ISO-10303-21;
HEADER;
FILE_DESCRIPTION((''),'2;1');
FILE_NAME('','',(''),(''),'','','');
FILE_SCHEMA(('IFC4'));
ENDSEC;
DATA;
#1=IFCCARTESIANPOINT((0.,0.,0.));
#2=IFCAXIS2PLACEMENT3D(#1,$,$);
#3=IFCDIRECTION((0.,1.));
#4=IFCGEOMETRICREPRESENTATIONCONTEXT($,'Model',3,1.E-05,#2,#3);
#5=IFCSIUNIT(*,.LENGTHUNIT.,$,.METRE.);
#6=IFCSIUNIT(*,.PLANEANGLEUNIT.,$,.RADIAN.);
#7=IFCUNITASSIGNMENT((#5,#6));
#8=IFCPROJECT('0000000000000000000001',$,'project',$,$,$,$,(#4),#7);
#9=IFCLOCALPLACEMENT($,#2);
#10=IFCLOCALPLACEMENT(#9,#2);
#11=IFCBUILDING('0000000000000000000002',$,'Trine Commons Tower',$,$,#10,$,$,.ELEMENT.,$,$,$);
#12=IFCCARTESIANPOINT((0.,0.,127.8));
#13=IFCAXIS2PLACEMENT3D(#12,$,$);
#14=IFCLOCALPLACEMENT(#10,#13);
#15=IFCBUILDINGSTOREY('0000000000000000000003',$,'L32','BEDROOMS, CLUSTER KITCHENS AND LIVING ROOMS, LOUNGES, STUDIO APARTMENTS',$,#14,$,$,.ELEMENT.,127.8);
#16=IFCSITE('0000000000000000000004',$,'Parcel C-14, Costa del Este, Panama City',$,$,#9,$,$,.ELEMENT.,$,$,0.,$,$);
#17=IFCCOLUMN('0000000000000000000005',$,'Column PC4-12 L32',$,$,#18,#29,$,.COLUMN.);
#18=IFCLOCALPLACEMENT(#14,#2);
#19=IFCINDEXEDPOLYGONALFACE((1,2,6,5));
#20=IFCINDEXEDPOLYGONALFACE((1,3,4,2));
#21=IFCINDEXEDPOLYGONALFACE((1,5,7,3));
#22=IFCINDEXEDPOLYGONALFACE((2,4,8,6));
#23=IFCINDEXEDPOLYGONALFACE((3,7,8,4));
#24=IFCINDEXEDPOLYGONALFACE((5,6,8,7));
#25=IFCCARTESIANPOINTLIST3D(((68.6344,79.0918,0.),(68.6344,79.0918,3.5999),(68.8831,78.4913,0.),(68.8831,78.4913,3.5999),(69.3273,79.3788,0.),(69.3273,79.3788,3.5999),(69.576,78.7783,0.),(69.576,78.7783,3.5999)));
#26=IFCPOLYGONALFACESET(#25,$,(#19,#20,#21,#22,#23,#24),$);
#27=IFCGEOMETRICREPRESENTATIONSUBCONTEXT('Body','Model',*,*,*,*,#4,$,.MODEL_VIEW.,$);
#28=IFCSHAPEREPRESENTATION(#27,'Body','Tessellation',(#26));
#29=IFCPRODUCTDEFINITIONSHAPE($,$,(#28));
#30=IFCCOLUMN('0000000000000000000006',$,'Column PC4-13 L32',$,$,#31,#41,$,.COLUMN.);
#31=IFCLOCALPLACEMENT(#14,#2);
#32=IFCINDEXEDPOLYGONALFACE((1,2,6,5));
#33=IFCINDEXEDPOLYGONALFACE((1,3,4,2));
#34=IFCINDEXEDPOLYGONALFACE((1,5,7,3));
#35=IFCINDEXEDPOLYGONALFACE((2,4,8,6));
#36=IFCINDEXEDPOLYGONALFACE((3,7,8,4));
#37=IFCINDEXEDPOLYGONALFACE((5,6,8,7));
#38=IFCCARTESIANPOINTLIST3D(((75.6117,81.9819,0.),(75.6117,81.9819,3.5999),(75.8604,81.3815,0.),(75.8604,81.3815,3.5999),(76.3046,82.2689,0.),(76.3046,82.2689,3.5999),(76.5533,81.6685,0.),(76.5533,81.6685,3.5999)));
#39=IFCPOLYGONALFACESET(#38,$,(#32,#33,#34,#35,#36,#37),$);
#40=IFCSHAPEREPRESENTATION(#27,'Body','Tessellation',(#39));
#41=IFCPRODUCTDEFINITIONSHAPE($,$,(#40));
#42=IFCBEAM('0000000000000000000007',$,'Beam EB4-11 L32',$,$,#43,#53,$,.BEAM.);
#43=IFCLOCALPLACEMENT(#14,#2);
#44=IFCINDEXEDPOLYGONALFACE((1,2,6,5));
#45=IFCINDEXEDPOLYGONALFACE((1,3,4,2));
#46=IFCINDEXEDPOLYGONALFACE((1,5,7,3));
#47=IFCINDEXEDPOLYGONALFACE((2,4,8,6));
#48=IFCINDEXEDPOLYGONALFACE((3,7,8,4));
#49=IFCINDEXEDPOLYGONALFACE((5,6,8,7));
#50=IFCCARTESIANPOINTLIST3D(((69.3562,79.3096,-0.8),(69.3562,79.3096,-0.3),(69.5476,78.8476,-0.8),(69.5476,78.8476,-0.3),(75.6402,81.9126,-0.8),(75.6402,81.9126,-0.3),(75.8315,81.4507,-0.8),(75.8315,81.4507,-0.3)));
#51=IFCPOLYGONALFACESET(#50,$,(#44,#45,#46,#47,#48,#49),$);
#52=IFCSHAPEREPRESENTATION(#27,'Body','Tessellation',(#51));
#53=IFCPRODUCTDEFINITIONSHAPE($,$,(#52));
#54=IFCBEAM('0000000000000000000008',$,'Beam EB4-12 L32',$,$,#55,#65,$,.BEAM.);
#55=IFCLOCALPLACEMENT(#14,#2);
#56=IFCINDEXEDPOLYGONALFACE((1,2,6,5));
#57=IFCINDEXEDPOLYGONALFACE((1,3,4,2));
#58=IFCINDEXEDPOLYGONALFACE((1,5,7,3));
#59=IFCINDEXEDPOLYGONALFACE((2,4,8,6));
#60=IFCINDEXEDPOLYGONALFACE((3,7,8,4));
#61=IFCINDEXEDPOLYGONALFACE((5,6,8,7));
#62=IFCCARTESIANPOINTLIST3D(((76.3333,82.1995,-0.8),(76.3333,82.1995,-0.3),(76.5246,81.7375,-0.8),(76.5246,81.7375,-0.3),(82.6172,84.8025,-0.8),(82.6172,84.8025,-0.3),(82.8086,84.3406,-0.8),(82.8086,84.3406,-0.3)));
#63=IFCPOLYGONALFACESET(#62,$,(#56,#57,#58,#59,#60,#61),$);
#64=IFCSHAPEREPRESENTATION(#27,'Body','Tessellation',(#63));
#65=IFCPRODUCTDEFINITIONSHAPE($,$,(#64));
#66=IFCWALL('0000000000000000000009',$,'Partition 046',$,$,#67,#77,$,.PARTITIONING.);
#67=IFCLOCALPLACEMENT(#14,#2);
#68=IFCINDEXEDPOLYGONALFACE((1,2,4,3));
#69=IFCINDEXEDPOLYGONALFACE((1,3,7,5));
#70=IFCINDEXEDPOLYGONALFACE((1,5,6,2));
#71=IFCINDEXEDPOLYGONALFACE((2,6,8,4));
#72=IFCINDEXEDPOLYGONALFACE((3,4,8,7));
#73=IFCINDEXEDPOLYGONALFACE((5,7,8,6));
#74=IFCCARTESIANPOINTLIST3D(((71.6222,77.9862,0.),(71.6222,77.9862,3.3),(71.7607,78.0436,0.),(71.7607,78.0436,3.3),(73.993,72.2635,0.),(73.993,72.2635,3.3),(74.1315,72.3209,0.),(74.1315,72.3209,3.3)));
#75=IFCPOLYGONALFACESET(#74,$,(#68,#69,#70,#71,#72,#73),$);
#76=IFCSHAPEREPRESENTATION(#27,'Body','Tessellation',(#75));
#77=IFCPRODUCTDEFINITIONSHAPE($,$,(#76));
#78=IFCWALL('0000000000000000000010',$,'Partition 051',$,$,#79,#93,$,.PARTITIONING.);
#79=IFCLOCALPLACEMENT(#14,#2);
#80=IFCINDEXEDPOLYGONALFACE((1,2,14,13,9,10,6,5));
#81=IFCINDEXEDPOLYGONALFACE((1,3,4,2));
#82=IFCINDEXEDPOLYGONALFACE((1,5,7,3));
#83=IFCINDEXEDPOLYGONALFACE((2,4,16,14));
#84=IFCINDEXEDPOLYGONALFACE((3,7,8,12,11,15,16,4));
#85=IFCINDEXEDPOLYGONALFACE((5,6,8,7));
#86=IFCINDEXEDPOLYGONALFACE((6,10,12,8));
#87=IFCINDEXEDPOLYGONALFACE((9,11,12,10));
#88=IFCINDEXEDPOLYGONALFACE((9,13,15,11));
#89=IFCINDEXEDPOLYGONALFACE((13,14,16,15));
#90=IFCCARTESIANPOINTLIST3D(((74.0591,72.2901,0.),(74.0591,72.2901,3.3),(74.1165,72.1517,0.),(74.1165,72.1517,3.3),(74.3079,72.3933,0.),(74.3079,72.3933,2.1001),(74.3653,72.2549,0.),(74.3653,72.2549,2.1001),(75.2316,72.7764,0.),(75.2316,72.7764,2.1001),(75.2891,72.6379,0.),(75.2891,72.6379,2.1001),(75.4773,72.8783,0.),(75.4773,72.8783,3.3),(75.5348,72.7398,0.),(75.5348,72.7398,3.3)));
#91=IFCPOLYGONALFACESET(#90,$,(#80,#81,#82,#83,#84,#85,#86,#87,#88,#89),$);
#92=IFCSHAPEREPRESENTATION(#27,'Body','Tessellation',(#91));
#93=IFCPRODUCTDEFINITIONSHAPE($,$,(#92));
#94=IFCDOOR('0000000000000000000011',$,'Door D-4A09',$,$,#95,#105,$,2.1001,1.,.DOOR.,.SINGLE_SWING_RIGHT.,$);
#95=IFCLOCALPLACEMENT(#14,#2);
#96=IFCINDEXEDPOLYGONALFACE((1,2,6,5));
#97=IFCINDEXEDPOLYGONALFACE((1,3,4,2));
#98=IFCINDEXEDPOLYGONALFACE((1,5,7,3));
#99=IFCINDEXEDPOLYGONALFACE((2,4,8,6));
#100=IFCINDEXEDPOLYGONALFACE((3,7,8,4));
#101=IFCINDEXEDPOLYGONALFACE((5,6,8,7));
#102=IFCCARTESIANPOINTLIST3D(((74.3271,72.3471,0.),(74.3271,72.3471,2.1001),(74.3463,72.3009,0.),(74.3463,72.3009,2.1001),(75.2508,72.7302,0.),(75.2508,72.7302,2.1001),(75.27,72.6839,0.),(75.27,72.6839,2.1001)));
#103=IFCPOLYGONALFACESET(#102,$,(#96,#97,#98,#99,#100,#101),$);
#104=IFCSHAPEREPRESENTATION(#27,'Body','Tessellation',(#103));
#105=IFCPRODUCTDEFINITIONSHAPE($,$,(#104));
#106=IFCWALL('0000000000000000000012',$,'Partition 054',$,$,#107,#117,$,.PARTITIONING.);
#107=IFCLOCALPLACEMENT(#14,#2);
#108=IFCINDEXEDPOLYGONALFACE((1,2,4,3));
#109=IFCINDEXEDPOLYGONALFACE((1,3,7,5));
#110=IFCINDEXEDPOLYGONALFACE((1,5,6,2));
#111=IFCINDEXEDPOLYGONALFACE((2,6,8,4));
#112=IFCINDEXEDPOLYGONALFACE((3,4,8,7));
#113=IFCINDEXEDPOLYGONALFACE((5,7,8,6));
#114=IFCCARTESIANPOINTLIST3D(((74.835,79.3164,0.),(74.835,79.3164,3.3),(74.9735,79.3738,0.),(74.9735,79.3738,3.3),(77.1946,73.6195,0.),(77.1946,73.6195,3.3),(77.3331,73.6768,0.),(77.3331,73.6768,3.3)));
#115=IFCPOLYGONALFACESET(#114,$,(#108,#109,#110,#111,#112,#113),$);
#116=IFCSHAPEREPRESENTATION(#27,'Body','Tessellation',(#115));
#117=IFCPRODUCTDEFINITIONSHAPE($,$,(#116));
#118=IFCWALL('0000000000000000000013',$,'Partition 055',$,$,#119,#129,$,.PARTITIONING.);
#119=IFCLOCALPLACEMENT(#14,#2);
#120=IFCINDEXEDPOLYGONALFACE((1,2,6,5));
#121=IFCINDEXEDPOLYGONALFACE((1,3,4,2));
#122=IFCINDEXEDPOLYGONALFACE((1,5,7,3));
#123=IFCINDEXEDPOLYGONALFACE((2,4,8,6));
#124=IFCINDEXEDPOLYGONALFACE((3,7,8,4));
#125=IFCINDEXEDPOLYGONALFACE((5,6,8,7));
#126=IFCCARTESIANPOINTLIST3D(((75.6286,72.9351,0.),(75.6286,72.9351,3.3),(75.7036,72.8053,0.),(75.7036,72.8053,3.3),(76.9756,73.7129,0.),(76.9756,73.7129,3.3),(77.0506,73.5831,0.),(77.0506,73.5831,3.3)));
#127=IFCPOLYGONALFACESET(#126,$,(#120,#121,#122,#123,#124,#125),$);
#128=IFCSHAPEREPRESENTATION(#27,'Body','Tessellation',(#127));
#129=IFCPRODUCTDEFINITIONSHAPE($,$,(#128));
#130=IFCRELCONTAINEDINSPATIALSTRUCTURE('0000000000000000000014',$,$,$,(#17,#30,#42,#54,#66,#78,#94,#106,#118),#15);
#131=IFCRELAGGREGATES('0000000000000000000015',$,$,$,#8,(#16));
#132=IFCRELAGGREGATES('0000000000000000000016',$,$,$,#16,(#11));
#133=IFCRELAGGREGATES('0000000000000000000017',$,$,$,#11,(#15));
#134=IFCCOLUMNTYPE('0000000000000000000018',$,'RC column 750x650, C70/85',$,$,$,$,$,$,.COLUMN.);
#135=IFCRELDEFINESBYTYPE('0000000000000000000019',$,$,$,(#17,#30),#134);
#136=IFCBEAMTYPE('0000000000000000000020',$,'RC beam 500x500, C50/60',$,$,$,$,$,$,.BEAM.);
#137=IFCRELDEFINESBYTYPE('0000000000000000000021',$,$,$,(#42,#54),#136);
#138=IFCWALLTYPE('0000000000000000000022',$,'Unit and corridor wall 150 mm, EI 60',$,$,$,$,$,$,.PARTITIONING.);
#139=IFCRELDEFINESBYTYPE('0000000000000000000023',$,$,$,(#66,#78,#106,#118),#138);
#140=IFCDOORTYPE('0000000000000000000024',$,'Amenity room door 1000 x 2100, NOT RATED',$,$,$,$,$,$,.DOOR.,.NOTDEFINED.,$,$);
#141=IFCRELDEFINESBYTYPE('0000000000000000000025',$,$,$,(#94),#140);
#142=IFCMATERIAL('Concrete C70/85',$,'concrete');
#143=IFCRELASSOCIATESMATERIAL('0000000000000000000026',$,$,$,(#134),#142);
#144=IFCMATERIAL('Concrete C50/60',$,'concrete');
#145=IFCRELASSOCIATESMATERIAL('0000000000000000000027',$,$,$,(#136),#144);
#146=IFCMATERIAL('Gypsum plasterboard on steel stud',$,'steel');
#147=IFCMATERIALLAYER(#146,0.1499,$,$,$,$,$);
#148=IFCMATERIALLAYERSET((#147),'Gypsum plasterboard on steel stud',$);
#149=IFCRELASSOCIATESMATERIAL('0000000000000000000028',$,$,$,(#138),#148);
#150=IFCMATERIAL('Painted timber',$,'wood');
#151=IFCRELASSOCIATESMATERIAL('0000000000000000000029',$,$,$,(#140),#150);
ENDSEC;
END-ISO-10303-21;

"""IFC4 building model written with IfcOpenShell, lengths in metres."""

from ifc_helpers import new_model, si_unit, direction, frame, frame_2d, origin, origin_2d, place, context, subcontext, project, spatial, rectangle, extrude, material, layer, layer_set, material_profile, profile_set, type_object, element, fill, save


model = new_model("IFC4")

# Units and contexts
model_context = context("Model", 3, precision=1e-05, world=origin(), true_north=direction((0.0, 1.0)))
body_context = subcontext(model_context, "Body", "Model", "MODEL_VIEW")
ifc_project = project(units=[si_unit("LENGTHUNIT", "METRE"), si_unit("PLANEANGLEUNIT", "RADIAN")], contexts=[model_context])

# Site, building, storey
site_placement = place(None, origin())
site = spatial("IfcSite", under=ifc_project, at=site_placement, Name="Parcel C-14, Costa del Este, Panama City", CompositionType="ELEMENT", RefElevation=0.0)
building_placement = place(site_placement, origin())
building = spatial("IfcBuilding", under=site, at=building_placement, Name="Trine Commons Tower", CompositionType="ELEMENT")
storey_placement = place(building_placement, frame((0.0, 0.0, 127.8)))
storey = spatial("IfcBuildingStorey", under=building, at=storey_placement, Name="L32", Description="BEDROOMS, CLUSTER KITCHENS AND LIVING ROOMS, LOUNGES, STUDIO APARTMENTS", CompositionType="ELEMENT", Elevation=127.8)

# Columns
ifc_material_1 = material(Name="Concrete C70/85", Category="concrete")
ifc_material_profile_1 = material_profile(ifc_material_1, rectangle(XDim=0.75, YDim=0.6499, at=origin_2d()), Name="RC 750x650")
ifc_profile_set_1 = profile_set([ifc_material_profile_1], Name="Concrete C70/85")
column_type = type_object("IfcColumnType", Name="RC column 750x650, C70/85", PredefinedType="COLUMN", material=ifc_profile_set_1)
for number, where, z_axis, x_axis, name in (
    (1, (69.1052, 78.9351, 0.0), (0.0, 0.0, 1.0), (0.92388, 0.382683, 0.0), "Column PC4-12 L32"),
    (2, (76.0825, 81.8252, 0.0), (0.0, 0.0, 1.0), (0.92388, 0.382683, 0.0), "Column PC4-13 L32"),
):
    element("IfcColumn", number, at=place(storey_placement, frame(where, z_axis=z_axis, x_axis=x_axis)), inside=storey, type_object=column_type, Name=name, PredefinedType="COLUMN", context=body_context, shape_type="SweptSolid", body=[
        extrude(rectangle(XDim=0.75, YDim=0.6499, at=origin_2d()), origin(), (0.0, 0.0, 1.0), 3.5999),
    ])

# Beams
ifc_material_2 = material(Name="Concrete C50/60", Category="concrete")
ifc_material_profile_2 = material_profile(ifc_material_2, rectangle(XDim=0.5, YDim=0.5, at=origin_2d()), Name="RC 500x500")
ifc_profile_set_2 = profile_set([ifc_material_profile_2], Name="Concrete C50/60")
beam_type = type_object("IfcBeamType", Name="RC beam 500x500, C50/60", PredefinedType="BEAM", material=ifc_profile_set_2)
for number, where, z_axis, x_axis, name in (
    (3, (69.4519, 79.0786, -0.55), (0.923872, 0.382701, 0.0), (-0.382701, 0.923872, 0.0), "Beam EB4-11 L32"),
    (4, (76.429, 81.9685, -0.55), (0.923872, 0.382701, 0.0), (-0.382701, 0.923872, 0.0), "Beam EB4-12 L32"),
):
    element("IfcBeam", number, at=place(storey_placement, frame(where, z_axis=z_axis, x_axis=x_axis)), inside=storey, type_object=beam_type, Name=name, PredefinedType="BEAM", context=body_context, shape_type="SweptSolid", body=[
        extrude(rectangle(XDim=0.5, YDim=0.5, at=origin_2d()), origin(), (0.0, 0.0, 1.0), 6.8018),
    ])

# Wall
ifc_material_3 = material(Name="Gypsum plasterboard on steel stud", Category="steel")
ifc_layer_1 = layer(ifc_material_3, 0.1499)
ifc_layer_set_1 = layer_set([ifc_layer_1], Name="Gypsum plasterboard on steel stud")
wall_type_1 = type_object("IfcWallType", Name="Unit and corridor wall 150 mm, EI 60", PredefinedType="PARTITIONING", material=ifc_layer_set_1)
wall_1_placement = place(storey_placement, frame((71.6914, 78.0149, 0.0), z_axis=(0.0, 0.0, 1.0), x_axis=(0.382745, -0.923854, 0.0)))
element("IfcWall", 5, at=wall_1_placement, inside=storey, type_object=wall_type_1, Name="Partition 046", PredefinedType="PARTITIONING", context=body_context, shape_type="SweptSolid", body=[
    extrude(rectangle(XDim=6.1943, YDim=0.1499, at=frame_2d((3.0972, 0.0))), origin(), (0.0, 0.0, 1.0), 3.3),
])

# Wall, opening, door
wall_2_placement = place(storey_placement, frame((74.0879, 72.2209, 0.0), z_axis=(0.0, 0.0, 1.0), x_axis=(0.92372, 0.383068, 0.0)))
wall_2 = element("IfcWall", 6, at=wall_2_placement, inside=storey, type_object=wall_type_1, Name="Partition 051", PredefinedType="PARTITIONING", context=body_context, shape_type="SweptSolid", body=[
    extrude(rectangle(XDim=1.5354, YDim=0.1499, at=frame_2d((0.7676, 0.0))), origin(), (0.0, 0.0, 1.0), 3.3),
])
opening_1_placement = place(wall_2_placement, frame((0.2693, 0.0, 0.0)))
opening_1 = element("IfcOpeningElement", 7, at=opening_1_placement, cuts=wall_2, PredefinedType="OPENING", context=body_context, shape_type="SweptSolid", body=[
    extrude(rectangle(XDim=1.0, YDim=2.1001, at=frame_2d((0.5, 1.05))), frame((0.0, 0.085, 0.0), z_axis=(0.0, -1.0, 0.0), x_axis=(1.0, 0.0, 0.0)), (0.0, 0.0, 1.0), 0.1699),
])
ifc_material_4 = material(Name="Painted timber", Category="wood")
door_type_1 = type_object("IfcDoorType", Name="Amenity room door 1000 x 2100, NOT RATED", OperationType="NOTDEFINED", PredefinedType="DOOR", material=ifc_material_4)
door_1_placement = place(opening_1_placement, origin())
door_1 = element("IfcDoor", 8, at=door_1_placement, inside=storey, type_object=door_type_1, Name="Door D-4A09", OperationType="SINGLE_SWING_RIGHT", OverallHeight=2.1001, OverallWidth=1.0, PredefinedType="DOOR", context=body_context, shape_type="SweptSolid", body=[
    extrude(rectangle(XDim=1.0, YDim=2.1001, at=frame_2d((0.5, 1.05))), frame((0.0, 0.0249, 0.0), z_axis=(0.0, -1.0, 0.0), x_axis=(1.0, 0.0, 0.0)), (0.0, 0.0, 1.0), 0.05),
])
fill(opening_1, door_1)

# Walls
wall_3_placement = place(storey_placement, frame((74.9043, 79.345, 0.0), z_axis=(0.0, 0.0, 1.0), x_axis=(0.382661, -0.923889, 0.0)))
element("IfcWall", 9, at=wall_3_placement, inside=storey, type_object=wall_type_1, Name="Partition 054", PredefinedType="PARTITIONING", context=body_context, shape_type="SweptSolid", body=[
    extrude(rectangle(XDim=6.1663, YDim=0.1499, at=frame_2d((3.083, 0.0))), origin(), (0.0, 0.0, 1.0), 3.3),
])
wall_4_placement = place(storey_placement, frame((75.666, 72.8701, 0.0), z_axis=(0.0, 0.0, 1.0), x_axis=(0.865974, 0.500089, 0.0)))
element("IfcWall", 10, at=wall_4_placement, inside=storey, type_object=wall_type_1, Name="Partition 055", PredefinedType="PARTITIONING", context=body_context, shape_type="SweptSolid", body=[
    extrude(rectangle(XDim=1.5554, YDim=0.1499, at=frame_2d((0.7778, 0.0))), origin(), (0.0, 0.0, 1.0), 3.3),
])

save(model, "model.ifc")
